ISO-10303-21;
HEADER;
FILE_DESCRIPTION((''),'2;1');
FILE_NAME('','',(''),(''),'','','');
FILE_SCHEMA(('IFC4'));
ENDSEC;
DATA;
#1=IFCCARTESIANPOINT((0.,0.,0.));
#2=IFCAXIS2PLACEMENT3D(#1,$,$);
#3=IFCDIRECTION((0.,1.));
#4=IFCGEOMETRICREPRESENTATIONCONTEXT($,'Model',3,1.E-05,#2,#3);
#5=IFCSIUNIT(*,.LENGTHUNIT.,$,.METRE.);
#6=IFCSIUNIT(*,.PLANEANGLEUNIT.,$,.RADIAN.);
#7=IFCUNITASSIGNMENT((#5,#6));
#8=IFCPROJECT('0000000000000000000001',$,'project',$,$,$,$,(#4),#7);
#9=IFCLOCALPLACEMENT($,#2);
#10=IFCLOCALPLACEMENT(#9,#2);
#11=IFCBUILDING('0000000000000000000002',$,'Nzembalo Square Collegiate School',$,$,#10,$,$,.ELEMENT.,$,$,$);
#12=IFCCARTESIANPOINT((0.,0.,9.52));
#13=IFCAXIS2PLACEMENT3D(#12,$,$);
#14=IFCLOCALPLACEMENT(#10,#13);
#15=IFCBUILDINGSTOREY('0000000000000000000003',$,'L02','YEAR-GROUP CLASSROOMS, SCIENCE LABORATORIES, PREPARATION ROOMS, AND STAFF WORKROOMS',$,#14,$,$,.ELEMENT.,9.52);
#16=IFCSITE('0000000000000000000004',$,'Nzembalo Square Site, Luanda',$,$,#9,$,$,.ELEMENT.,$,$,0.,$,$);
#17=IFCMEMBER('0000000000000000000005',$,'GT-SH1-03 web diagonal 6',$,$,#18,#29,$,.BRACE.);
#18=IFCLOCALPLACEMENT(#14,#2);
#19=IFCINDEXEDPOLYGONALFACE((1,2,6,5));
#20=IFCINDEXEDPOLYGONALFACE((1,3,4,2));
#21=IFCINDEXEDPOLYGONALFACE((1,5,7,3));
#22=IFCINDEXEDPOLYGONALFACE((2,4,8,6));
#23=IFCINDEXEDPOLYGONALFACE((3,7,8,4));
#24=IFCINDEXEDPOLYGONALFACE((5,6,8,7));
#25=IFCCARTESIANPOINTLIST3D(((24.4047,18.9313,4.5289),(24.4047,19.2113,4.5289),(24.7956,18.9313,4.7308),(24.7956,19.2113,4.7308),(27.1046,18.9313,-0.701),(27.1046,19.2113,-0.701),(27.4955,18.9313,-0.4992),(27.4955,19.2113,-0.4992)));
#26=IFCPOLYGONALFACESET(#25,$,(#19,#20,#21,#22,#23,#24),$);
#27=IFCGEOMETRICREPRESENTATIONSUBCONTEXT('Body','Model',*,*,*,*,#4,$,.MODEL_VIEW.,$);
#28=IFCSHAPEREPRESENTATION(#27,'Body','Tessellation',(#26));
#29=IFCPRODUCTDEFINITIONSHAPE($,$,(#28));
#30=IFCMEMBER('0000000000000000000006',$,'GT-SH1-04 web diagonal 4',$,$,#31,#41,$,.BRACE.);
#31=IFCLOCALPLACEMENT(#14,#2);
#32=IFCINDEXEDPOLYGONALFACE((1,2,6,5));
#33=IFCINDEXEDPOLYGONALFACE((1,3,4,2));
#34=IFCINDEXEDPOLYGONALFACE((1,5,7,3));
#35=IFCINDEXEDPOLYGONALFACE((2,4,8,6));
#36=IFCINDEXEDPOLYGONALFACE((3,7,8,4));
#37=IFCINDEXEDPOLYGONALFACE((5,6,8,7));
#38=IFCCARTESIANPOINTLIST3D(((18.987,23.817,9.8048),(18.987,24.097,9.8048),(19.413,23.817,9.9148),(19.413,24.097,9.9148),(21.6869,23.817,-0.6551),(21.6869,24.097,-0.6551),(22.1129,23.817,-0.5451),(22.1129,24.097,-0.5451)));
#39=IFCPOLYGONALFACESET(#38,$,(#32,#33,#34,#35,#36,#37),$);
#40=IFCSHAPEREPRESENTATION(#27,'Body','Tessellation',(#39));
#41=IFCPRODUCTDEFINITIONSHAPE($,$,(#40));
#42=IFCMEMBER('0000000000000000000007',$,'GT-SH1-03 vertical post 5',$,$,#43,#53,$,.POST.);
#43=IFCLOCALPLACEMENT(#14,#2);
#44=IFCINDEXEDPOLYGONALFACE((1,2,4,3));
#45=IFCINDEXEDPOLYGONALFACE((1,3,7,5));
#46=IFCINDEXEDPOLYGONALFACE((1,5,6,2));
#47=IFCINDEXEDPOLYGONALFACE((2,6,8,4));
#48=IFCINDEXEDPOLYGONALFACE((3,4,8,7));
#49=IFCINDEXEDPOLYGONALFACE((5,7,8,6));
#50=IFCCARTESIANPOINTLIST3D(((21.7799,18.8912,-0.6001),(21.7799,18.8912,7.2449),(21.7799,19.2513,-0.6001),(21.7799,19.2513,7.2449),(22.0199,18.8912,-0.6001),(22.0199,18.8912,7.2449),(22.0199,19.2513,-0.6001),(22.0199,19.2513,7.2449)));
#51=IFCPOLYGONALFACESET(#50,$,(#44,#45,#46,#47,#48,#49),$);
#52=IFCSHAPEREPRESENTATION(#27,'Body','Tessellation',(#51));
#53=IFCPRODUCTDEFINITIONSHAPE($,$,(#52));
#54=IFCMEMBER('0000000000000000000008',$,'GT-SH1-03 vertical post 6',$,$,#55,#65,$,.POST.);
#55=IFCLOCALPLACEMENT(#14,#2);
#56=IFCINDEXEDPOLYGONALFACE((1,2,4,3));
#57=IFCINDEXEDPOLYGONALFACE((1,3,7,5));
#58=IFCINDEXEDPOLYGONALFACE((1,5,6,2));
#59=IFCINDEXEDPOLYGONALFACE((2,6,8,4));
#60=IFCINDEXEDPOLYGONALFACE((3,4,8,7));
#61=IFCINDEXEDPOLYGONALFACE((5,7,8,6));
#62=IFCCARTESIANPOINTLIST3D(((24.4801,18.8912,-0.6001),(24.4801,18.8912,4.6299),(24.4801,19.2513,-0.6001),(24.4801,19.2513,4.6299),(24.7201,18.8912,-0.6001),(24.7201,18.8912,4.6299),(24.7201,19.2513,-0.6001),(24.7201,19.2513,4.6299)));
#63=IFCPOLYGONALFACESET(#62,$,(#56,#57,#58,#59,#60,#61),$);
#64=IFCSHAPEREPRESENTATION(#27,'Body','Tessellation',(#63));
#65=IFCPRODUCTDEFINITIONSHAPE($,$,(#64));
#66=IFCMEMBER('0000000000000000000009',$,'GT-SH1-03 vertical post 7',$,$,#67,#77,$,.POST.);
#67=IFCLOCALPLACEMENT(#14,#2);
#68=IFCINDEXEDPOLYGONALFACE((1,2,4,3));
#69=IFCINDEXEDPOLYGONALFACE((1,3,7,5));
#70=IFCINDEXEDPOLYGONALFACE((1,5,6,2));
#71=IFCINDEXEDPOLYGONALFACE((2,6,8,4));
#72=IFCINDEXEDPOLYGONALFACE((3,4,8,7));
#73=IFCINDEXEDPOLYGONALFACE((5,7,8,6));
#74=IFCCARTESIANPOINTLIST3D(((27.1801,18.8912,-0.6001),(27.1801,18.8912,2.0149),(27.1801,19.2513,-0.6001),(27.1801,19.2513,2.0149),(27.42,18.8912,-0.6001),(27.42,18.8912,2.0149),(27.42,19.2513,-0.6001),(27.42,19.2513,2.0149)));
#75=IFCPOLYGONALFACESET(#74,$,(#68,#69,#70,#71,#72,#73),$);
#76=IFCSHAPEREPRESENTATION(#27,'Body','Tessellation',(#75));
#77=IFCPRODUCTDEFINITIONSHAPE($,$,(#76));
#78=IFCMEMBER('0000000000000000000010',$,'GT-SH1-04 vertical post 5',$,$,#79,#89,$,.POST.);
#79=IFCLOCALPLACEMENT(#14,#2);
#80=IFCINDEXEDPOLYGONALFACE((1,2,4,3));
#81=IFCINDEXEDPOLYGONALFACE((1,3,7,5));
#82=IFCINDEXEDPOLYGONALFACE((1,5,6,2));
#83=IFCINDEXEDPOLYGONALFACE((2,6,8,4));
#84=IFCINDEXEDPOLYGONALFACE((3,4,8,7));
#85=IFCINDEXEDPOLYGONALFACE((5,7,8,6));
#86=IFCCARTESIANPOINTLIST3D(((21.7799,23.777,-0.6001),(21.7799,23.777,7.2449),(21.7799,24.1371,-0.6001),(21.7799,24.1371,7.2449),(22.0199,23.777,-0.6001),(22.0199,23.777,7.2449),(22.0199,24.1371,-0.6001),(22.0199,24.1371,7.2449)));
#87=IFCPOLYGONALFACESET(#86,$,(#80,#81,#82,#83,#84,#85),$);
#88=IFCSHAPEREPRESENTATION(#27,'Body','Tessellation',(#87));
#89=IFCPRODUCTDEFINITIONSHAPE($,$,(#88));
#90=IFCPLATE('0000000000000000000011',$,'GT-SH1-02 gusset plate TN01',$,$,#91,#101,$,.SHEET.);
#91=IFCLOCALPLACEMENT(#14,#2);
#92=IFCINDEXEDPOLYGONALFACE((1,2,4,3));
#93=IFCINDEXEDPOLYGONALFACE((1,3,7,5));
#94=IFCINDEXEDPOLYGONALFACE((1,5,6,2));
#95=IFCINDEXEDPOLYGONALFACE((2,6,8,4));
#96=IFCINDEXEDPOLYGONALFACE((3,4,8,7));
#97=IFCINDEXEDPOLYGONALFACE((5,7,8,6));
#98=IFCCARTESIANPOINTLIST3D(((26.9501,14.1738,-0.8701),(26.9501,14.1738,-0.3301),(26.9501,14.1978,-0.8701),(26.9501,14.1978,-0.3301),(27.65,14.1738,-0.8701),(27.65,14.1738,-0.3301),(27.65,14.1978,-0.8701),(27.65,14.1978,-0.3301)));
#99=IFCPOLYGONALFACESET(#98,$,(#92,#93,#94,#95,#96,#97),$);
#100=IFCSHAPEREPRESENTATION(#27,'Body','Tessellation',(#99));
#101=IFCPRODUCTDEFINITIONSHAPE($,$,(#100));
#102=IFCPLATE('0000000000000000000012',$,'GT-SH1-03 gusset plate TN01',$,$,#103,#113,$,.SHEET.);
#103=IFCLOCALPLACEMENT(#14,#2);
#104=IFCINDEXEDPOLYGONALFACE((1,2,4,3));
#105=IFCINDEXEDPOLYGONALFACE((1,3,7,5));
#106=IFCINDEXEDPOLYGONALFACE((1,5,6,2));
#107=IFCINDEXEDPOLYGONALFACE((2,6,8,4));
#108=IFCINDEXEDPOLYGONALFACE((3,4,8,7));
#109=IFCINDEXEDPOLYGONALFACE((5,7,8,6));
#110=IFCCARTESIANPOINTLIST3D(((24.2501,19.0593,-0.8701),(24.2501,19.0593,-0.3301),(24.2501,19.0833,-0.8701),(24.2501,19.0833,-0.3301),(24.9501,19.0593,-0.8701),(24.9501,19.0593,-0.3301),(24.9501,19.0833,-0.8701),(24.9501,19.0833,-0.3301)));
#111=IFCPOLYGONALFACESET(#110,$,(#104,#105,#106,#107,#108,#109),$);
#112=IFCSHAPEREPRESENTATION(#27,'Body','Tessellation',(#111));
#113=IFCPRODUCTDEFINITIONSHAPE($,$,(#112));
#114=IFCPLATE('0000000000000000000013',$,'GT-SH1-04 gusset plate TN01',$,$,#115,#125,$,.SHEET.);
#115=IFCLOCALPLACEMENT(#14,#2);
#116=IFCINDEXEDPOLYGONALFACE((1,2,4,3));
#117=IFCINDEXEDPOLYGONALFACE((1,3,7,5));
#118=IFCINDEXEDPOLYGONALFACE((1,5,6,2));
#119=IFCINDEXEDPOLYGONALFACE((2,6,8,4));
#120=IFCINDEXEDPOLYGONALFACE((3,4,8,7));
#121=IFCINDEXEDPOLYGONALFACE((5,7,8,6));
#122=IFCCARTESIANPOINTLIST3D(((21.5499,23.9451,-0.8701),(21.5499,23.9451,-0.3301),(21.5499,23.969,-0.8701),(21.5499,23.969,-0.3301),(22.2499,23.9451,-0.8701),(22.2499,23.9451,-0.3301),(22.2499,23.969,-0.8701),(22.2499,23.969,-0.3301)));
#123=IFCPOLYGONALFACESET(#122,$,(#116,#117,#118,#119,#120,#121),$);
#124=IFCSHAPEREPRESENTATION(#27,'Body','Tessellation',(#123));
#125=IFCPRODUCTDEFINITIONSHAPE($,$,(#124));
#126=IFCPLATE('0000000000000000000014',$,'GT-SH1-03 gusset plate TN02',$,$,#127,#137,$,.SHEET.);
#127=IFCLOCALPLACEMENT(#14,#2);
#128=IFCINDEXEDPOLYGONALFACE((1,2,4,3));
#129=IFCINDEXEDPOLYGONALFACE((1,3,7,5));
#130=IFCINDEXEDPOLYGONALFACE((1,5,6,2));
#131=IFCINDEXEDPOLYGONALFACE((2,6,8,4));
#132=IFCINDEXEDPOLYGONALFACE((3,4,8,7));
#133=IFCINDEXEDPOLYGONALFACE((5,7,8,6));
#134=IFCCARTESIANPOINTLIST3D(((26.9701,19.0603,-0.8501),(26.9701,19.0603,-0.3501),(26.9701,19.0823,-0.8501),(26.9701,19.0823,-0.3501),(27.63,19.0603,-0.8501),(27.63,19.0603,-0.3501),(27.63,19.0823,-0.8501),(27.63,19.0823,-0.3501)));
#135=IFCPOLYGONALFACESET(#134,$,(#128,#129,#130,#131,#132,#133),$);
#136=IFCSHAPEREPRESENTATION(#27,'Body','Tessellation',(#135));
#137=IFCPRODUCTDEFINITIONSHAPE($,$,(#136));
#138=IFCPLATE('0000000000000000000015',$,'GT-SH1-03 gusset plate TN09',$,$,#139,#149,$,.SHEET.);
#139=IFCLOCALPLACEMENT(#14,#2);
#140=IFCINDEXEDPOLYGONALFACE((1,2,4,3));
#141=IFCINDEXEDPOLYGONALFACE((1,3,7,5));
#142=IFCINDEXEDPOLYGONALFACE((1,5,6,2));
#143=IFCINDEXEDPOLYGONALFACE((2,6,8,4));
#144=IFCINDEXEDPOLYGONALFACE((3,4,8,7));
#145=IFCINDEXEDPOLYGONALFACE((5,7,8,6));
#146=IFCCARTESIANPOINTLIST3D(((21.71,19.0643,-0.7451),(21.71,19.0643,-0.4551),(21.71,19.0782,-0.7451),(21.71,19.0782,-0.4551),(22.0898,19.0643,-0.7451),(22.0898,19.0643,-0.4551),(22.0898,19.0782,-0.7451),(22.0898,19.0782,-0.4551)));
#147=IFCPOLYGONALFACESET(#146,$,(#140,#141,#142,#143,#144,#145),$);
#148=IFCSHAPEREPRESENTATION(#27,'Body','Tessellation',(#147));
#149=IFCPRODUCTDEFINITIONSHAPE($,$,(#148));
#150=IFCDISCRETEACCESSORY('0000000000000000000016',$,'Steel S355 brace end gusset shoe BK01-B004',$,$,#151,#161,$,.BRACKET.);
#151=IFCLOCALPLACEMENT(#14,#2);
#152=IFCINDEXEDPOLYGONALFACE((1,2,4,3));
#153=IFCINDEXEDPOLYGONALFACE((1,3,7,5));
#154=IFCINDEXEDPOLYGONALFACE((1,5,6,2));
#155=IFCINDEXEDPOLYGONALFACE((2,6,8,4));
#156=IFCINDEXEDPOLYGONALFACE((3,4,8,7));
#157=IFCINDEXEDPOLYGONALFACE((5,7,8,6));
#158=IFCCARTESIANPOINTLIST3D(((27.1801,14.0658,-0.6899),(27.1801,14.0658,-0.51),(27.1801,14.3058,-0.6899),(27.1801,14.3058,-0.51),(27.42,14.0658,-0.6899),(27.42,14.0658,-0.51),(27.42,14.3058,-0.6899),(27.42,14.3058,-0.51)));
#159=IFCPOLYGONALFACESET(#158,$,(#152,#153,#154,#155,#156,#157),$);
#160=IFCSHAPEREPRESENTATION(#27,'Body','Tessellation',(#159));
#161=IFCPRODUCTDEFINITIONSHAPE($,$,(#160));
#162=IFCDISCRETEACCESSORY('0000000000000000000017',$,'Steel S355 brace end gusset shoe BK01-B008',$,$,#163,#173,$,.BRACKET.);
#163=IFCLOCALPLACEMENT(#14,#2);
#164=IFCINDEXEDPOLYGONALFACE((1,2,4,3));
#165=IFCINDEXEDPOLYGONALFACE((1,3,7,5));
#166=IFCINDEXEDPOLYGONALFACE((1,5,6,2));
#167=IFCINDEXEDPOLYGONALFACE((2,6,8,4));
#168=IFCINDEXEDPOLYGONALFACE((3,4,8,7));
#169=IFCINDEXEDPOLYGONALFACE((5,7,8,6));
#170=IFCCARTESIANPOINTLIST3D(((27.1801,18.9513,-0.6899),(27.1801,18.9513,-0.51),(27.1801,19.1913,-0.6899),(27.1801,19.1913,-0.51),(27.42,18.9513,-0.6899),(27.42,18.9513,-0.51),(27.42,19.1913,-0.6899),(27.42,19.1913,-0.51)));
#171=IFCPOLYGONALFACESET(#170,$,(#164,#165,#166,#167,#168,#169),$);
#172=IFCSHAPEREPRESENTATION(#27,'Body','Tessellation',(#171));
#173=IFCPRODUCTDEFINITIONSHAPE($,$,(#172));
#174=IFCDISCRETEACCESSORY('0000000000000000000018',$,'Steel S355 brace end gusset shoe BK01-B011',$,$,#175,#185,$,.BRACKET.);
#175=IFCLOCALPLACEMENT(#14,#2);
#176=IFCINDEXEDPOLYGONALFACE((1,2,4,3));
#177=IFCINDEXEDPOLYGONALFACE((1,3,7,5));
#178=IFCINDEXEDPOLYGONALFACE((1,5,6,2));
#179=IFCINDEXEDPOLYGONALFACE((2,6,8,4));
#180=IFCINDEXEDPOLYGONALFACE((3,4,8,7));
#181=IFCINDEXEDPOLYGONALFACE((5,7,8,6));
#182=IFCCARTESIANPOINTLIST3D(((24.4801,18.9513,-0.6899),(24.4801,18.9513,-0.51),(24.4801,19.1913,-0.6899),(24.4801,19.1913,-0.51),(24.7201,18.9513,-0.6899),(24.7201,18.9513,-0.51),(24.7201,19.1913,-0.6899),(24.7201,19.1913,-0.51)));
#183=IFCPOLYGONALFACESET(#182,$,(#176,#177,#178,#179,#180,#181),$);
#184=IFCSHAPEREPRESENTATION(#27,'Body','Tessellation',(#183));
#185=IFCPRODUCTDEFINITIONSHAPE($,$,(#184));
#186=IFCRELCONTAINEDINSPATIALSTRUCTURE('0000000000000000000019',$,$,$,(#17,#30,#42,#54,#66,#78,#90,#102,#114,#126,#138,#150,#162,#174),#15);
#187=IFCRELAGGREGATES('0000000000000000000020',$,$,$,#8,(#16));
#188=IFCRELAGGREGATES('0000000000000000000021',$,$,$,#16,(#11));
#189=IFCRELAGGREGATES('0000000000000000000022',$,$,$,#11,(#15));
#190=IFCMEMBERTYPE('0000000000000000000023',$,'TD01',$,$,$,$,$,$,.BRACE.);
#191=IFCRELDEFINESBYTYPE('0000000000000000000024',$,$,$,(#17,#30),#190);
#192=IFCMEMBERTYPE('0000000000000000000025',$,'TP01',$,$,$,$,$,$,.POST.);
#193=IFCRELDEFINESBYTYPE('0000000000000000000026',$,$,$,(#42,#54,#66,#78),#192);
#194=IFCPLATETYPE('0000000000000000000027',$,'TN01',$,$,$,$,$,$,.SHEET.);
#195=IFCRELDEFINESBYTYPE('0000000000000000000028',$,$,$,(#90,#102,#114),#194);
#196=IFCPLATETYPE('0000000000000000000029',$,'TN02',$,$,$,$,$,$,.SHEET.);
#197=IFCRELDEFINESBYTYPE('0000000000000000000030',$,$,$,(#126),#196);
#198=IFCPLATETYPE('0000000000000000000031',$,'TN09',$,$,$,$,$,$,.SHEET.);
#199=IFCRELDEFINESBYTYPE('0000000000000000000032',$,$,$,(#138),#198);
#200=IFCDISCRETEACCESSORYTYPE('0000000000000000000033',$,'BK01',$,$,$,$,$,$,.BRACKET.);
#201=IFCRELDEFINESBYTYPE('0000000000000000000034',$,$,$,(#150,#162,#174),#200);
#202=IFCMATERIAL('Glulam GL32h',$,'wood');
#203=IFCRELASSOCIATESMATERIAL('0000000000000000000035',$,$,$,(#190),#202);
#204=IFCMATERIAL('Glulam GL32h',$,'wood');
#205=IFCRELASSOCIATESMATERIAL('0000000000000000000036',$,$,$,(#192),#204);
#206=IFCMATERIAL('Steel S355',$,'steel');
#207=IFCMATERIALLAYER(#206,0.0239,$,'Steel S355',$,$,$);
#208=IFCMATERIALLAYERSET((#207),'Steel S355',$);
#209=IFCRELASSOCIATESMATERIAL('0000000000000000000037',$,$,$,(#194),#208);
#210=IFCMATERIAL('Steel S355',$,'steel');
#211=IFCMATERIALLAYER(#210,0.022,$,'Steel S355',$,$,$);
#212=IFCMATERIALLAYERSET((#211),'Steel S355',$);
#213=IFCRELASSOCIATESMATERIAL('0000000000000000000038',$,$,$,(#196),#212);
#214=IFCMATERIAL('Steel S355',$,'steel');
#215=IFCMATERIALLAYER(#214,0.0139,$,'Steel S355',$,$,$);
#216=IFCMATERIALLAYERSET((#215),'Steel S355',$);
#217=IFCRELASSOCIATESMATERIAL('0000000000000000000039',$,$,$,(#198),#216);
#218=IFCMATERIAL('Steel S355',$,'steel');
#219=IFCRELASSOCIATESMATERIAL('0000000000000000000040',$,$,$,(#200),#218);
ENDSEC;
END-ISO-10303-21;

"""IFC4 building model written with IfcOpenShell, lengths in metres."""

from ifc_helpers import new_model, si_unit, direction, frame, origin, origin_2d, place, context, subcontext, project, spatial, rectangle, extrude, material, layer, layer_set, material_profile, profile_set, type_object, element, save


model = new_model("IFC4")

# Units and contexts
model_context = context("Model", 3, precision=1e-05, world=origin(), true_north=direction((0.0, 1.0)))
body_context = subcontext(model_context, "Body", "Model", "MODEL_VIEW")
ifc_project = project(units=[si_unit("LENGTHUNIT", "METRE"), si_unit("PLANEANGLEUNIT", "RADIAN")], contexts=[model_context])

# Site, building, storey
site_placement = place(None, origin())
site = spatial("IfcSite", under=ifc_project, at=site_placement, Name="Nzembalo Square Site, Luanda", CompositionType="ELEMENT", RefElevation=0.0)
building_placement = place(site_placement, origin())
building = spatial("IfcBuilding", under=site, at=building_placement, Name="Nzembalo Square Collegiate School", CompositionType="ELEMENT")
storey_placement = place(building_placement, frame((0.0, 0.0, 9.52)))
storey = spatial("IfcBuildingStorey", under=building, at=storey_placement, Name="L02", Description="YEAR-GROUP CLASSROOMS, SCIENCE LABORATORIES, PREPARATION ROOMS, AND STAFF WORKROOMS", CompositionType="ELEMENT", Elevation=9.52)

# Members
ifc_material_1 = material(Name="Glulam GL32h", Category="wood")
ifc_material_profile_1 = material_profile(ifc_material_1, rectangle(XDim=0.28, YDim=0.4399, at=origin_2d()), Name="GL32h 280x440")
ifc_profile_set_1 = profile_set([ifc_material_profile_1], Name="Glulam GL32h")
member_type_1 = type_object("IfcMemberType", Name="TD01", PredefinedType="BRACE", material=ifc_profile_set_1)
member_1_placement = place(storey_placement, frame((27.3, 19.0713, -0.6001), z_axis=(-0.458724, 0.0, 0.888579), x_axis=(0.0, -1.0, 0.0)))
element("IfcMember", 1, at=member_1_placement, inside=storey, type_object=member_type_1, Name="GT-SH1-03 web diagonal 6", PredefinedType="BRACE", context=body_context, shape_type="SweptSolid", body=[
    extrude(rectangle(XDim=0.28, YDim=0.4399, at=origin_2d()), origin(), (0.0, 0.0, 1.0), 5.8857),
])
member_2_placement = place(storey_placement, frame((21.8999, 23.957, -0.6001), z_axis=(-0.249931, 0.0, 0.968264), x_axis=(0.0, -1.0, 0.0)))
element("IfcMember", 2, at=member_2_placement, inside=storey, type_object=member_type_1, Name="GT-SH1-04 web diagonal 4", PredefinedType="BRACE", context=body_context, shape_type="SweptSolid", body=[
    extrude(rectangle(XDim=0.28, YDim=0.4399, at=origin_2d()), origin(), (0.0, 0.0, 1.0), 10.8027),
])
ifc_material_2 = material(Name="Glulam GL32h", Category="wood")
ifc_material_profile_2 = material_profile(ifc_material_2, rectangle(XDim=0.24, YDim=0.3601, at=origin_2d()), Name="GL32h 240x360")
ifc_profile_set_2 = profile_set([ifc_material_profile_2], Name="Glulam GL32h")
member_type_2 = type_object("IfcMemberType", Name="TP01", PredefinedType="POST", material=ifc_profile_set_2)
member_3_placement = place(storey_placement, frame((21.8999, 19.0713, -0.6001), z_axis=(0.0, 0.0, 1.0), x_axis=(1.0, 0.0, 0.0)))
element("IfcMember", 3, at=member_3_placement, inside=storey, type_object=member_type_2, Name="GT-SH1-03 vertical post 5", PredefinedType="POST", context=body_context, shape_type="SweptSolid", body=[
    extrude(rectangle(XDim=0.24, YDim=0.3601, at=origin_2d()), origin(), (0.0, 0.0, 1.0), 7.845),
])
member_4_placement = place(storey_placement, frame((24.6001, 19.0713, -0.6001), z_axis=(0.0, 0.0, 1.0), x_axis=(1.0, 0.0, 0.0)))
element("IfcMember", 4, at=member_4_placement, inside=storey, type_object=member_type_2, Name="GT-SH1-03 vertical post 6", PredefinedType="POST", context=body_context, shape_type="SweptSolid", body=[
    extrude(rectangle(XDim=0.24, YDim=0.3601, at=origin_2d()), origin(), (0.0, 0.0, 1.0), 5.23),
])
member_5_placement = place(storey_placement, frame((27.3, 19.0713, -0.6001), z_axis=(0.0, 0.0, 1.0), x_axis=(1.0, 0.0, 0.0)))
element("IfcMember", 5, at=member_5_placement, inside=storey, type_object=member_type_2, Name="GT-SH1-03 vertical post 7", PredefinedType="POST", context=body_context, shape_type="SweptSolid", body=[
    extrude(rectangle(XDim=0.24, YDim=0.3601, at=origin_2d()), origin(), (0.0, 0.0, 1.0), 2.615),
])
member_6_placement = place(storey_placement, frame((21.8999, 23.957, -0.6001), z_axis=(0.0, 0.0, 1.0), x_axis=(1.0, 0.0, 0.0)))
element("IfcMember", 6, at=member_6_placement, inside=storey, type_object=member_type_2, Name="GT-SH1-04 vertical post 5", PredefinedType="POST", context=body_context, shape_type="SweptSolid", body=[
    extrude(rectangle(XDim=0.24, YDim=0.3601, at=origin_2d()), origin(), (0.0, 0.0, 1.0), 7.845),
])

# Plates
ifc_material_3 = material(Name="Steel S355", Category="steel")
ifc_layer_1 = layer(ifc_material_3, 0.0239, Name="Steel S355")
ifc_layer_set_1 = layer_set([ifc_layer_1], Name="Steel S355")
plate_type_1 = type_object("IfcPlateType", Name="TN01", PredefinedType="SHEET", material=ifc_layer_set_1)
for number, where, z_axis, x_axis, name in (
    (7, (27.3, 14.1858, -0.8701), (0.0, 0.0, 1.0), (1.0, 0.0, 0.0), "GT-SH1-02 gusset plate TN01"),
    (8, (24.6001, 19.0713, -0.8701), (0.0, 0.0, 1.0), (1.0, 0.0, 0.0), "GT-SH1-03 gusset plate TN01"),
    (9, (21.8999, 23.957, -0.8701), (0.0, 0.0, 1.0), (1.0, 0.0, 0.0), "GT-SH1-04 gusset plate TN01"),
):
    element("IfcPlate", number, at=place(storey_placement, frame(where, z_axis=z_axis, x_axis=x_axis)), inside=storey, type_object=plate_type_1, Name=name, PredefinedType="SHEET", context=body_context, shape_type="SweptSolid", body=[
        extrude(rectangle(XDim=0.7, YDim=0.0239, at=origin_2d()), origin(), (0.0, 0.0, 1.0), 0.54),
    ])
ifc_material_4 = material(Name="Steel S355", Category="steel")
ifc_layer_2 = layer(ifc_material_4, 0.022, Name="Steel S355")
ifc_layer_set_2 = layer_set([ifc_layer_2], Name="Steel S355")
plate_type_2 = type_object("IfcPlateType", Name="TN02", PredefinedType="SHEET", material=ifc_layer_set_2)
plate_1_placement = place(storey_placement, frame((27.3, 19.0713, -0.8501), z_axis=(0.0, 0.0, 1.0), x_axis=(1.0, 0.0, 0.0)))
element("IfcPlate", 10, at=plate_1_placement, inside=storey, type_object=plate_type_2, Name="GT-SH1-03 gusset plate TN02", PredefinedType="SHEET", context=body_context, shape_type="SweptSolid", body=[
    extrude(rectangle(XDim=0.6599, YDim=0.022, at=origin_2d()), origin(), (0.0, 0.0, 1.0), 0.5),
])
ifc_material_5 = material(Name="Steel S355", Category="steel")
ifc_layer_3 = layer(ifc_material_5, 0.0139, Name="Steel S355")
ifc_layer_set_3 = layer_set([ifc_layer_3], Name="Steel S355")
plate_type_3 = type_object("IfcPlateType", Name="TN09", PredefinedType="SHEET", material=ifc_layer_set_3)
plate_2_placement = place(storey_placement, frame((21.8999, 19.0713, -0.7451), z_axis=(0.0, 0.0, 1.0), x_axis=(1.0, 0.0, 0.0)))
element("IfcPlate", 11, at=plate_2_placement, inside=storey, type_object=plate_type_3, Name="GT-SH1-03 gusset plate TN09", PredefinedType="SHEET", context=body_context, shape_type="SweptSolid", body=[
    extrude(rectangle(XDim=0.3799, YDim=0.0139, at=origin_2d()), origin(), (0.0, 0.0, 1.0), 0.29),
])

# Discrete accessories
ifc_material_6 = material(Name="Steel S355", Category="steel")
discrete_accessory_type = type_object("IfcDiscreteAccessoryType", Name="BK01", PredefinedType="BRACKET", material=ifc_material_6)
for number, where, z_axis, x_axis, name in (
    (12, (27.3, 14.1858, -0.6899), (0.0, 0.0, 1.0), (1.0, 0.0, 0.0), "Steel S355 brace end gusset shoe BK01-B004"),
    (13, (27.3, 19.0713, -0.6899), (0.0, 0.0, 1.0), (1.0, 0.0, 0.0), "Steel S355 brace end gusset shoe BK01-B008"),
    (14, (24.6001, 19.0713, -0.6899), (0.0, 0.0, 1.0), (1.0, 0.0, 0.0), "Steel S355 brace end gusset shoe BK01-B011"),
):
    element("IfcDiscreteAccessory", number, at=place(storey_placement, frame(where, z_axis=z_axis, x_axis=x_axis)), inside=storey, type_object=discrete_accessory_type, Name=name, PredefinedType="BRACKET", context=body_context, shape_type="SweptSolid", body=[
        extrude(rectangle(XDim=0.24, YDim=0.24, at=origin_2d()), origin(), (0.0, 0.0, 1.0), 0.1799),
    ])

save(model, "model.ifc")
